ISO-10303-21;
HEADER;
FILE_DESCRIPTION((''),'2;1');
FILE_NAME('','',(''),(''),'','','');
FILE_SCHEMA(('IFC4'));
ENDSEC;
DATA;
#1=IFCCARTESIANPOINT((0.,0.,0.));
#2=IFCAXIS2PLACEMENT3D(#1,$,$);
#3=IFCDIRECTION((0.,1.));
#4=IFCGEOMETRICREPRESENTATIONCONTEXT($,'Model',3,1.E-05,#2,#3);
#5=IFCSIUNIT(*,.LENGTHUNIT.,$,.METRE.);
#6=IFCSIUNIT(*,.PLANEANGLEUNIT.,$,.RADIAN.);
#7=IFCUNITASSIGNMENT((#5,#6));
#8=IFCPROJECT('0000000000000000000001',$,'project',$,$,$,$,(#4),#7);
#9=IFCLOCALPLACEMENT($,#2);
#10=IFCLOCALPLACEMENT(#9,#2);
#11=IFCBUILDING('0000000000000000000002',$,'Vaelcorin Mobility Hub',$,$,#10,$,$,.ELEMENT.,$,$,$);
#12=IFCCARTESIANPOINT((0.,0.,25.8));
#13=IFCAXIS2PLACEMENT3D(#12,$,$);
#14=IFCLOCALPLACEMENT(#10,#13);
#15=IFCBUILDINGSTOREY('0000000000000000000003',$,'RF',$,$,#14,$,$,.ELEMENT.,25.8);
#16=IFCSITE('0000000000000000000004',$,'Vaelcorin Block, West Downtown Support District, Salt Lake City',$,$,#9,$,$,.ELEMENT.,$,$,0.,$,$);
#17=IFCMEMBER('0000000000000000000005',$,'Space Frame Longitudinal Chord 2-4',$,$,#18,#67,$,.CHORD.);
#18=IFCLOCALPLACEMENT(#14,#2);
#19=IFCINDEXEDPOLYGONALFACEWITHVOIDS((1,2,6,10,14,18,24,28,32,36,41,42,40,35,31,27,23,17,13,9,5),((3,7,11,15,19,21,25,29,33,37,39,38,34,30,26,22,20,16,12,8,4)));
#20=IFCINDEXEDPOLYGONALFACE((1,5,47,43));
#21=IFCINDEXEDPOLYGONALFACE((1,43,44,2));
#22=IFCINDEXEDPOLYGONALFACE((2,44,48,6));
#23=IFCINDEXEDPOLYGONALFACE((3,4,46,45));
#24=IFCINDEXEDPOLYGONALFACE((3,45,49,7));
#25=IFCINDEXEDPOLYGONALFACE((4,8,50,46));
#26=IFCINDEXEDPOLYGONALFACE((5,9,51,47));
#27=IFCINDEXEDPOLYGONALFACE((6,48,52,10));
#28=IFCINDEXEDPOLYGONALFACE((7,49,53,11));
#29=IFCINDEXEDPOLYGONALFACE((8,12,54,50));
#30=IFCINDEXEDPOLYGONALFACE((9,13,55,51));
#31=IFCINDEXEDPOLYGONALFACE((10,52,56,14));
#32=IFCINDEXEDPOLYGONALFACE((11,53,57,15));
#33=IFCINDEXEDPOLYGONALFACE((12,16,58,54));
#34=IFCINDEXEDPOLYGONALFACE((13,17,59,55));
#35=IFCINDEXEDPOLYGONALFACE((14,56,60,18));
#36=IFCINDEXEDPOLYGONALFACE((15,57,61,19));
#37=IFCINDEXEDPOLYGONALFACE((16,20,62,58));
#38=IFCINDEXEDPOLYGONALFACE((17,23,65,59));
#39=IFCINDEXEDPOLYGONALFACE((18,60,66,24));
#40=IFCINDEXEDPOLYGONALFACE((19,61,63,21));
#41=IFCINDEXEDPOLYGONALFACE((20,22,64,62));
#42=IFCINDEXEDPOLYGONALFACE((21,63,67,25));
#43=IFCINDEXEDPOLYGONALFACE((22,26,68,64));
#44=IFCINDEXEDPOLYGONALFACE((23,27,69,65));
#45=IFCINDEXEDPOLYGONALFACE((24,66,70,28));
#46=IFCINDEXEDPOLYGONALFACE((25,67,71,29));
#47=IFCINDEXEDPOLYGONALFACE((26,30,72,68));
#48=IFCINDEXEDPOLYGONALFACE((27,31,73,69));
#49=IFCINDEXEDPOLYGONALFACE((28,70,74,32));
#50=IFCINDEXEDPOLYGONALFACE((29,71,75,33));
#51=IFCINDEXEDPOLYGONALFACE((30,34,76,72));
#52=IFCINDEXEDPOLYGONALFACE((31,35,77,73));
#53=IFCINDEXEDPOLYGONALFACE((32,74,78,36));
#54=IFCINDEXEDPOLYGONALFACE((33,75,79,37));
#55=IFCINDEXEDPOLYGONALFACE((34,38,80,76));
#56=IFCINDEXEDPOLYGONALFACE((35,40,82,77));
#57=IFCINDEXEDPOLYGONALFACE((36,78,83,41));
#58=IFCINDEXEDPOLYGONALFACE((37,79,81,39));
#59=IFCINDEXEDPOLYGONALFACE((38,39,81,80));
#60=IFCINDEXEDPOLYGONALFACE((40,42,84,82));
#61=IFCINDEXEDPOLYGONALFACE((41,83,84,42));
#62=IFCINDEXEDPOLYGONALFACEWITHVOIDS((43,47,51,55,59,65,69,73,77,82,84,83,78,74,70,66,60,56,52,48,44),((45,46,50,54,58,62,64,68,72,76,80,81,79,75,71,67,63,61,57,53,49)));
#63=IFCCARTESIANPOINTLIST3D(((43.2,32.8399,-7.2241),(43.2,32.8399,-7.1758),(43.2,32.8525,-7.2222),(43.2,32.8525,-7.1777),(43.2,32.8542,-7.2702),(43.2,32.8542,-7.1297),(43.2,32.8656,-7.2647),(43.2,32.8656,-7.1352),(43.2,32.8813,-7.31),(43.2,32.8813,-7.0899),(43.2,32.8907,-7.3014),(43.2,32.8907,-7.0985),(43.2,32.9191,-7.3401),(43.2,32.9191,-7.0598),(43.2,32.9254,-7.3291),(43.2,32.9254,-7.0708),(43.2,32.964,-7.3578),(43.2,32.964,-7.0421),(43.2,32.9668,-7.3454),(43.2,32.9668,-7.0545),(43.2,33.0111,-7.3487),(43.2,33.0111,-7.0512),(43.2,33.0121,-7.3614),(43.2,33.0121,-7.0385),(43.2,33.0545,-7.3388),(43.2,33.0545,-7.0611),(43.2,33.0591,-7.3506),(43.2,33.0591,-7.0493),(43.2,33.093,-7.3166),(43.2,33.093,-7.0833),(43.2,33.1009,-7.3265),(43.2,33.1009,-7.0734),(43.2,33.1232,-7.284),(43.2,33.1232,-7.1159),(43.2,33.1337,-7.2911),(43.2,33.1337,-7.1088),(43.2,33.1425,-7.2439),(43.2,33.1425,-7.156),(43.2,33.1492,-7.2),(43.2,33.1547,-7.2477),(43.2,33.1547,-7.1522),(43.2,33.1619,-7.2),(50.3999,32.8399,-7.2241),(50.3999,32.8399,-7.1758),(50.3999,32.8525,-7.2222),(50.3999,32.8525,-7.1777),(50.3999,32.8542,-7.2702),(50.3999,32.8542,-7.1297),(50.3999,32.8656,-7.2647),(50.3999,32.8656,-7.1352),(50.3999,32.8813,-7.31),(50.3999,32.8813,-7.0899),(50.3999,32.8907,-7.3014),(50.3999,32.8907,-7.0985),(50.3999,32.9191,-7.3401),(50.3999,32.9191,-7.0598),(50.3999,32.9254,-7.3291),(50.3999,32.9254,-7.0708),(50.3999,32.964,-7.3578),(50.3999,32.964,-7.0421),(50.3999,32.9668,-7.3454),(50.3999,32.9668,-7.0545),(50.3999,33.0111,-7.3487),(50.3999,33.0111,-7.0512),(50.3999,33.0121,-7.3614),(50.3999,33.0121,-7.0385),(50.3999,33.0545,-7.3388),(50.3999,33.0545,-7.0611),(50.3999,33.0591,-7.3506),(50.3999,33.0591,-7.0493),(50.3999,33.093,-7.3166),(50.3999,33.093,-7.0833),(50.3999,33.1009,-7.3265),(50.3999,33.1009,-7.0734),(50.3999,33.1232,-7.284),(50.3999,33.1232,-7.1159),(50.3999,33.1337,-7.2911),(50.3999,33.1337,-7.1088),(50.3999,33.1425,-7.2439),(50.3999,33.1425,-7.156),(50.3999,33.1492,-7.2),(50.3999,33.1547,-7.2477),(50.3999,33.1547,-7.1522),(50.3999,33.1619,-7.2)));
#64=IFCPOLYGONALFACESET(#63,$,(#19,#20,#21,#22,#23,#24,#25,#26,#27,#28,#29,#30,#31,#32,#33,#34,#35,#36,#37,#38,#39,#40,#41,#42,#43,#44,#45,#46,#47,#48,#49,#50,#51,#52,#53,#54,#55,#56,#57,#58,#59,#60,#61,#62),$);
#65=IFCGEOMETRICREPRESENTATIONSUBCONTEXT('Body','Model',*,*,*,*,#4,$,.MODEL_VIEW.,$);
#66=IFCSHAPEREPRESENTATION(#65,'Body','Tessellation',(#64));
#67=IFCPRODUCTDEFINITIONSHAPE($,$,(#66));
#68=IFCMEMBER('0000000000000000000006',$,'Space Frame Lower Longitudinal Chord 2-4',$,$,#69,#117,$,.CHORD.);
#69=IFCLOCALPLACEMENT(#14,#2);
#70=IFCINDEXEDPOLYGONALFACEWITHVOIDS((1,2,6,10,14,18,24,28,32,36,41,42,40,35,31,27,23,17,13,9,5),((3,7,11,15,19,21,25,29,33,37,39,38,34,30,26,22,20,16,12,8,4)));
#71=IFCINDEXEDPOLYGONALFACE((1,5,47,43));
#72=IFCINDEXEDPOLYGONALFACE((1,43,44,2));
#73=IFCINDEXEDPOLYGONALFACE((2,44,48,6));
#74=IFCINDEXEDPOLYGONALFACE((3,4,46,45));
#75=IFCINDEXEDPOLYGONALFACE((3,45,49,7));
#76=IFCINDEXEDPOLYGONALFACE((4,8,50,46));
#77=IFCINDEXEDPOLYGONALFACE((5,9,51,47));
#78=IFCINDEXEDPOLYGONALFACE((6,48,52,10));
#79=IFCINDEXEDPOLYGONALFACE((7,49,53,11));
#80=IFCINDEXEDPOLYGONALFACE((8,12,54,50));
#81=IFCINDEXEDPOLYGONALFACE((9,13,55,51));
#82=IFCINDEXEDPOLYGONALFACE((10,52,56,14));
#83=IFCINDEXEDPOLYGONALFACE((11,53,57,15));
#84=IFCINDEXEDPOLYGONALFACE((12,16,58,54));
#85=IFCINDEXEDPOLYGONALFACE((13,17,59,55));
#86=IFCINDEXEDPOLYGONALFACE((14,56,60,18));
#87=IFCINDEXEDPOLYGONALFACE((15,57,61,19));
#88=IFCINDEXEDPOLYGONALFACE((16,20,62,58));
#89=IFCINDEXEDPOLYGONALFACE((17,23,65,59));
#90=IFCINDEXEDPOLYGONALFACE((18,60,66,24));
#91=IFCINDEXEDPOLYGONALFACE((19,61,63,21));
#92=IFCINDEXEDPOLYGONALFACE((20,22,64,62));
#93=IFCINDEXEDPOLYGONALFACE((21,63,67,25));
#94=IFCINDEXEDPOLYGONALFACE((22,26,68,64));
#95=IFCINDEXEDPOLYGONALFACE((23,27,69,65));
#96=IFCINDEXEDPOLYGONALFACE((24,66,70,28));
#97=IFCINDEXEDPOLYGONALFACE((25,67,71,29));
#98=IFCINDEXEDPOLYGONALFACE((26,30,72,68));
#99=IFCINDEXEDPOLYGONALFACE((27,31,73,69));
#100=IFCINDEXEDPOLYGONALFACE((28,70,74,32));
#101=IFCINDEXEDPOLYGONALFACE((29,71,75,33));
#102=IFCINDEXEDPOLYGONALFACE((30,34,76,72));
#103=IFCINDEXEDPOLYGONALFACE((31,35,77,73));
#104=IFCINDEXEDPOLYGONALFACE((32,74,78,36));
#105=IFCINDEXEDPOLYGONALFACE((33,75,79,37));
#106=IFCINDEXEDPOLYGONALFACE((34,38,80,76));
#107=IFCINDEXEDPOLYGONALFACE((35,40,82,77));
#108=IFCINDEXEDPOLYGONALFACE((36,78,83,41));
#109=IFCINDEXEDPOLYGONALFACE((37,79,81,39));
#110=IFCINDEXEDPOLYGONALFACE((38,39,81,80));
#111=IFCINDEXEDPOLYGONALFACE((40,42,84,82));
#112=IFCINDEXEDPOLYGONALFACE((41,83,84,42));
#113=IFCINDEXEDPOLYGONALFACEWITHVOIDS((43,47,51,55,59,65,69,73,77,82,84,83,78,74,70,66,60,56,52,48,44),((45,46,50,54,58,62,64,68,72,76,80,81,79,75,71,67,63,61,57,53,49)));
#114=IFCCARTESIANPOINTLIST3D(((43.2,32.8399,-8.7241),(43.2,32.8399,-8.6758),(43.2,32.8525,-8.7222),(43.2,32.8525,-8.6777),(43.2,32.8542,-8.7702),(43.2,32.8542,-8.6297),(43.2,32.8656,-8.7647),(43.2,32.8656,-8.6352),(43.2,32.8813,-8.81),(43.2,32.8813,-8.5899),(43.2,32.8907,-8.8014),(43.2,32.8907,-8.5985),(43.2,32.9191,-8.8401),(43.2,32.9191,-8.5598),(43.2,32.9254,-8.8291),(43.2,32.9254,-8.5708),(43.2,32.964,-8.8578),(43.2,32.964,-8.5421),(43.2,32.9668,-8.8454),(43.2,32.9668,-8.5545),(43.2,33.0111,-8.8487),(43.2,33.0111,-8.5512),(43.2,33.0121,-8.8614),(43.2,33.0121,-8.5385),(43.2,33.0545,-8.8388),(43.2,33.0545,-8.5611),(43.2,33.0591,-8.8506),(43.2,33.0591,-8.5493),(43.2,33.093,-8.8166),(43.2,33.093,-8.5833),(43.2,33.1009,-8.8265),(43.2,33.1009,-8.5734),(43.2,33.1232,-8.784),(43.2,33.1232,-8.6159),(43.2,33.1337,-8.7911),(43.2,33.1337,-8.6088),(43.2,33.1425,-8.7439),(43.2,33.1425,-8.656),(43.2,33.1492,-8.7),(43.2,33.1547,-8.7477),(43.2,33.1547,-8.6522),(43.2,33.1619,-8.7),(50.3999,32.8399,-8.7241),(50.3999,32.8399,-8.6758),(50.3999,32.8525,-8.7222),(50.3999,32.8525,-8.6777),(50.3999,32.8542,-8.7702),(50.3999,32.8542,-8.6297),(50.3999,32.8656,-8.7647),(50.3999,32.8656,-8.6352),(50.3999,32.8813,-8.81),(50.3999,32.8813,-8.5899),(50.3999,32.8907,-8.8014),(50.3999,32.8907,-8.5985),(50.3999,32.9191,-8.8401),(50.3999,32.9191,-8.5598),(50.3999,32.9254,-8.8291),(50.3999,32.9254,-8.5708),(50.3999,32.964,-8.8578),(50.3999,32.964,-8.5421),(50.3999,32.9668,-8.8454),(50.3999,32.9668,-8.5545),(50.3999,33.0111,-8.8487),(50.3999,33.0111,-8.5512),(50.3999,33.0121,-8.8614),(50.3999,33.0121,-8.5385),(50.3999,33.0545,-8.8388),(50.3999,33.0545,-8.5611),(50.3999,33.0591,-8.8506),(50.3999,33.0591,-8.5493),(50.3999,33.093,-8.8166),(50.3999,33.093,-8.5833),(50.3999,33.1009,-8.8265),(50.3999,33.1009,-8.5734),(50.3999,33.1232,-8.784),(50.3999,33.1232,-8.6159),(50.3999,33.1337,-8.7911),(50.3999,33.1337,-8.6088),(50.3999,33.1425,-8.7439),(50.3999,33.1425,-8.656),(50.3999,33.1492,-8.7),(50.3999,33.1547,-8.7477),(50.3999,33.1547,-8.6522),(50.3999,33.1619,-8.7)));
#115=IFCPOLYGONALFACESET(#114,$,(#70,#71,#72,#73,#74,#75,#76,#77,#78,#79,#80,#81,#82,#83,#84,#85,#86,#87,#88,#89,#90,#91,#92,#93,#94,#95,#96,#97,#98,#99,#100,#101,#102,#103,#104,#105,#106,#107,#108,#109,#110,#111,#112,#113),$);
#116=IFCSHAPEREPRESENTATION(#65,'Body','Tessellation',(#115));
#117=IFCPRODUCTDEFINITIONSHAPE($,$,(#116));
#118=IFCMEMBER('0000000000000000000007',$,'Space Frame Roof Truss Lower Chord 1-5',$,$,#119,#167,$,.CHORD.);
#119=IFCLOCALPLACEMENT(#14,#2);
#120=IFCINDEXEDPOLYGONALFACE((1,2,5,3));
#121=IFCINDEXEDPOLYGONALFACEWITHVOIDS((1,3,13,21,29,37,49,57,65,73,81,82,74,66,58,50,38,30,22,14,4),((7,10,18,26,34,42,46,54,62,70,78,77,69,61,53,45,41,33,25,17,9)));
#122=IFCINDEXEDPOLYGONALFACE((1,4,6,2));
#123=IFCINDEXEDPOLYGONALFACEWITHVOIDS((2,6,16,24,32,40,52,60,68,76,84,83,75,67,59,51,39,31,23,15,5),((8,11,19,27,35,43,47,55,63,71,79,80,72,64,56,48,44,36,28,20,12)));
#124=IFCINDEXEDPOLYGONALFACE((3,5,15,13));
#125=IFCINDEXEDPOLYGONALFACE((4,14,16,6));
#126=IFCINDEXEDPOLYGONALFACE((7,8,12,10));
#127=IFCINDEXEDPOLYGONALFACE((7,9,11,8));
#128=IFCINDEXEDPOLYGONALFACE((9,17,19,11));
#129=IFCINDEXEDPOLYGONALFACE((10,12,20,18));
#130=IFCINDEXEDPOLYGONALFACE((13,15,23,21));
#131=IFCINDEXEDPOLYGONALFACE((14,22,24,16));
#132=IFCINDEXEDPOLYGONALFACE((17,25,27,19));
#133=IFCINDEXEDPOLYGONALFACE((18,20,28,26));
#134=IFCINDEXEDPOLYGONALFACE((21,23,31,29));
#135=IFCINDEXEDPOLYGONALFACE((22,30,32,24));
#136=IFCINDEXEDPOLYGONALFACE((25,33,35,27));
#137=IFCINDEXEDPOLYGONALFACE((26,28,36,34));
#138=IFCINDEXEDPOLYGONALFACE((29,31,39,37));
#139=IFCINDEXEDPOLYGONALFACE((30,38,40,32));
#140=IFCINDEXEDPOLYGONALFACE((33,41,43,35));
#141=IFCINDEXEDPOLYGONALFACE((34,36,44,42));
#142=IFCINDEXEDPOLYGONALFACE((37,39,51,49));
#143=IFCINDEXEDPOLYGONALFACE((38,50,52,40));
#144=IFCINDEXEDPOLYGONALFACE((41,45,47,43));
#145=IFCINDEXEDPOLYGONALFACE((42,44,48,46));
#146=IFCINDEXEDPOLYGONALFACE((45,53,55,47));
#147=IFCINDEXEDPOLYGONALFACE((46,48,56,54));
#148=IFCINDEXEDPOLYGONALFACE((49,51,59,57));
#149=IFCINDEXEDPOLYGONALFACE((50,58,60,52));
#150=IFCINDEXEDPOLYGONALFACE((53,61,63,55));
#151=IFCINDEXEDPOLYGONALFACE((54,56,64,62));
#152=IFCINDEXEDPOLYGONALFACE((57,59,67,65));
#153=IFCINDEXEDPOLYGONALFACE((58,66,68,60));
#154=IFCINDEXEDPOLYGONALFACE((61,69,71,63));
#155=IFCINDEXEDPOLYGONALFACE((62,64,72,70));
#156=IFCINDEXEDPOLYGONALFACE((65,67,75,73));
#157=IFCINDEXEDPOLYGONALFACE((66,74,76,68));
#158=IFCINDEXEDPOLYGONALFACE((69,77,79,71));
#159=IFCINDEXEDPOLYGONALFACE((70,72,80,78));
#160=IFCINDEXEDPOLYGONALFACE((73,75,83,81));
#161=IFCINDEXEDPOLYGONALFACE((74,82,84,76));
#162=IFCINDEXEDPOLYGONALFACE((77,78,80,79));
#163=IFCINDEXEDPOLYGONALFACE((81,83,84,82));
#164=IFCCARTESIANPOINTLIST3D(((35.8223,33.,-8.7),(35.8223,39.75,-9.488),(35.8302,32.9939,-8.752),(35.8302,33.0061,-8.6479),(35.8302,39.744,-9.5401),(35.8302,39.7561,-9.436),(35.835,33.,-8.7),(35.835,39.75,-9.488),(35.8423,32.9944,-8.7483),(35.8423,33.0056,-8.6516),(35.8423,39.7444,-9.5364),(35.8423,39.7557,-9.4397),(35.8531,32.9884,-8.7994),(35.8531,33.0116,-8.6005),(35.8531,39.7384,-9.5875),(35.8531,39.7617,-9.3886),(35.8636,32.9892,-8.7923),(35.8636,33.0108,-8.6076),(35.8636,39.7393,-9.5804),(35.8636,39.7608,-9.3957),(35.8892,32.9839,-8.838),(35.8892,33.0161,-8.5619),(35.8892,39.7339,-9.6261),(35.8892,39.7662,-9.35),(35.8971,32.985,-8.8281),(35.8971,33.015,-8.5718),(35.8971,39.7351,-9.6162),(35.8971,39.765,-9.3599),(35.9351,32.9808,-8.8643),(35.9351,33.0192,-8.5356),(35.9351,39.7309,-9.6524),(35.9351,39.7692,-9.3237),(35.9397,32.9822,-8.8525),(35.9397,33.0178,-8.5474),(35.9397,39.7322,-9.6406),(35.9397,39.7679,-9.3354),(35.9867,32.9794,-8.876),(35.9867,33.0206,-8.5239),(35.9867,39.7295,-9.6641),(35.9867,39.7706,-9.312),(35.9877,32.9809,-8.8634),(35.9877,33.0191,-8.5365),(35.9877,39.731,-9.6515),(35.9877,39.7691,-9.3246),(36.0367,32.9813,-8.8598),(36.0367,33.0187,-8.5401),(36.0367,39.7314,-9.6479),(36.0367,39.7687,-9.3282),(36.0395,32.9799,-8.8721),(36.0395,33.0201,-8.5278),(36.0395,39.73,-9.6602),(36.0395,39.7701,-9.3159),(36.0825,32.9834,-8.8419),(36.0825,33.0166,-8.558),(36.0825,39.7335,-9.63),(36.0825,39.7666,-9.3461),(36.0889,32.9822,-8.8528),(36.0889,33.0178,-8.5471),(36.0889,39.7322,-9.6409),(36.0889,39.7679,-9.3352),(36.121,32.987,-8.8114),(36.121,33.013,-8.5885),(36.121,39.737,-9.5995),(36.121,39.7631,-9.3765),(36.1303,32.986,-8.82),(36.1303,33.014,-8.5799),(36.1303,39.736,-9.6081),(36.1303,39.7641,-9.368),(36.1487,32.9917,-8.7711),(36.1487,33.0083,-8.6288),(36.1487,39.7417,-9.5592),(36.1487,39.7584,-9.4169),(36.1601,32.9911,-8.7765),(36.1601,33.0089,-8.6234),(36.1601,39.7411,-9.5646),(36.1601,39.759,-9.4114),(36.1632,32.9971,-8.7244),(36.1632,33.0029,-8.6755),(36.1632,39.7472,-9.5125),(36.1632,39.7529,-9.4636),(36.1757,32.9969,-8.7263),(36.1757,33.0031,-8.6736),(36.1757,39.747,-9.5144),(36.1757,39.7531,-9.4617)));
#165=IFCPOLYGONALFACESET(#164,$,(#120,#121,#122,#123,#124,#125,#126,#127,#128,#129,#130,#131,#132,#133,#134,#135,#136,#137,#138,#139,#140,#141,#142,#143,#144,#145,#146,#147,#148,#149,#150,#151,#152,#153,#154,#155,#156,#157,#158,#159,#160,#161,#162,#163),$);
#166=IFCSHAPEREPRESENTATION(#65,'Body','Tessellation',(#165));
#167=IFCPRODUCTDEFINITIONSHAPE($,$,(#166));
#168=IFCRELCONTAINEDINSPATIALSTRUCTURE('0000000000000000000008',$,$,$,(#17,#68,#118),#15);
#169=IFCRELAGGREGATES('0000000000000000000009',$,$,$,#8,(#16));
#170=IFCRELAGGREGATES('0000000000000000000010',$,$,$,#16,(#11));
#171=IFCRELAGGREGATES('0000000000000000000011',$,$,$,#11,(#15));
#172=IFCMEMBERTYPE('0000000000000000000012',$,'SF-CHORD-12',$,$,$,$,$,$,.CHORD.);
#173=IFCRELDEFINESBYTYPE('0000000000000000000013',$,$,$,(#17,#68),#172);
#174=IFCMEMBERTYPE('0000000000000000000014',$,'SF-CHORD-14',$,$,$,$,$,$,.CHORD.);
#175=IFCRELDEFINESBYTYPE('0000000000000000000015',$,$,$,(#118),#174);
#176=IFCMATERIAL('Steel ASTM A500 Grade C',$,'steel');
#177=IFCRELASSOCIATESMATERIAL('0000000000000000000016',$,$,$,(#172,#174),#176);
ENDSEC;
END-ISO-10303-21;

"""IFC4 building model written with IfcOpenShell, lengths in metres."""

from ifc_helpers import new_model, si_unit, direction, frame, origin, origin_2d, place, context, subcontext, project, spatial, hollow_circle, extrude, material, material_profile, profile_set, type_object, element, save


model = new_model("IFC4")

# Units and contexts
model_context = context("Model", 3, precision=1e-05, world=origin(), true_north=direction((0.0, 1.0)))
body_context = subcontext(model_context, "Body", "Model", "MODEL_VIEW")
ifc_project = project(units=[si_unit("LENGTHUNIT", "METRE"), si_unit("PLANEANGLEUNIT", "RADIAN")], contexts=[model_context])

# Site, building, storey
site_placement = place(None, origin())
site = spatial("IfcSite", under=ifc_project, at=site_placement, Name="Vaelcorin Block, West Downtown Support District, Salt Lake City", CompositionType="ELEMENT", RefElevation=0.0)
building_placement = place(site_placement, origin())
building = spatial("IfcBuilding", under=site, at=building_placement, Name="Vaelcorin Mobility Hub", CompositionType="ELEMENT")
storey_placement = place(building_placement, frame((0.0, 0.0, 25.8)))
storey = spatial("IfcBuildingStorey", under=building, at=storey_placement, Name="RF", CompositionType="ELEMENT", Elevation=25.8)

# Members
ifc_material_1 = material(Name="Steel ASTM A500 Grade C", Category="steel")
ifc_material_profile_1 = material_profile(ifc_material_1, hollow_circle(Radius=0.1619, WallThickness=0.0127, at=origin_2d()), Name="HSS12.750X0.500")
ifc_profile_set_1 = profile_set([ifc_material_profile_1], Name="Steel ASTM A500 Grade C")
member_type_1 = type_object("IfcMemberType", Name="SF-CHORD-12", PredefinedType="CHORD", material=ifc_profile_set_1)
for number, where, z_axis, x_axis, name in (
    (1, (43.2, 33.0, -7.2), (1.0, 0.0, 0.0), (0.0, 1.0, 0.0), "Space Frame Longitudinal Chord 2-4"),
    (2, (43.2, 33.0, -8.7), (1.0, 0.0, 0.0), (0.0, 1.0, 0.0), "Space Frame Lower Longitudinal Chord 2-4"),
):
    element("IfcMember", number, at=place(storey_placement, frame(where, z_axis=z_axis, x_axis=x_axis)), inside=storey, type_object=member_type_1, Name=name, PredefinedType="CHORD", context=body_context, shape_type="SweptSolid", body=[
        extrude(hollow_circle(Radius=0.1619, WallThickness=0.0127, at=origin_2d()), origin(), (0.0, 0.0, 1.0), 7.2),
    ])
ifc_material_profile_2 = material_profile(ifc_material_1, hollow_circle(Radius=0.1777, WallThickness=0.0127, at=origin_2d()), Name="HSS14.000X0.500")
ifc_profile_set_2 = profile_set([ifc_material_profile_2], Name="Steel ASTM A500 Grade C")
member_type_2 = type_object("IfcMemberType", Name="SF-CHORD-14", PredefinedType="CHORD", material=ifc_profile_set_2)
member_1_placement = place(storey_placement, frame((36.0, 33.0, -8.7), z_axis=(0.0, 0.993253, -0.115966), x_axis=(-1.0, 0.0, 0.0)))
element("IfcMember", 3, at=member_1_placement, inside=storey, type_object=member_type_2, Name="Space Frame Roof Truss Lower Chord 1-5", PredefinedType="CHORD", context=body_context, shape_type="SweptSolid", body=[
    extrude(hollow_circle(Radius=0.1777, WallThickness=0.0127, at=origin_2d()), origin(), (0.0, 0.0, 1.0), 6.7959),
])

save(model, "model.ifc")
